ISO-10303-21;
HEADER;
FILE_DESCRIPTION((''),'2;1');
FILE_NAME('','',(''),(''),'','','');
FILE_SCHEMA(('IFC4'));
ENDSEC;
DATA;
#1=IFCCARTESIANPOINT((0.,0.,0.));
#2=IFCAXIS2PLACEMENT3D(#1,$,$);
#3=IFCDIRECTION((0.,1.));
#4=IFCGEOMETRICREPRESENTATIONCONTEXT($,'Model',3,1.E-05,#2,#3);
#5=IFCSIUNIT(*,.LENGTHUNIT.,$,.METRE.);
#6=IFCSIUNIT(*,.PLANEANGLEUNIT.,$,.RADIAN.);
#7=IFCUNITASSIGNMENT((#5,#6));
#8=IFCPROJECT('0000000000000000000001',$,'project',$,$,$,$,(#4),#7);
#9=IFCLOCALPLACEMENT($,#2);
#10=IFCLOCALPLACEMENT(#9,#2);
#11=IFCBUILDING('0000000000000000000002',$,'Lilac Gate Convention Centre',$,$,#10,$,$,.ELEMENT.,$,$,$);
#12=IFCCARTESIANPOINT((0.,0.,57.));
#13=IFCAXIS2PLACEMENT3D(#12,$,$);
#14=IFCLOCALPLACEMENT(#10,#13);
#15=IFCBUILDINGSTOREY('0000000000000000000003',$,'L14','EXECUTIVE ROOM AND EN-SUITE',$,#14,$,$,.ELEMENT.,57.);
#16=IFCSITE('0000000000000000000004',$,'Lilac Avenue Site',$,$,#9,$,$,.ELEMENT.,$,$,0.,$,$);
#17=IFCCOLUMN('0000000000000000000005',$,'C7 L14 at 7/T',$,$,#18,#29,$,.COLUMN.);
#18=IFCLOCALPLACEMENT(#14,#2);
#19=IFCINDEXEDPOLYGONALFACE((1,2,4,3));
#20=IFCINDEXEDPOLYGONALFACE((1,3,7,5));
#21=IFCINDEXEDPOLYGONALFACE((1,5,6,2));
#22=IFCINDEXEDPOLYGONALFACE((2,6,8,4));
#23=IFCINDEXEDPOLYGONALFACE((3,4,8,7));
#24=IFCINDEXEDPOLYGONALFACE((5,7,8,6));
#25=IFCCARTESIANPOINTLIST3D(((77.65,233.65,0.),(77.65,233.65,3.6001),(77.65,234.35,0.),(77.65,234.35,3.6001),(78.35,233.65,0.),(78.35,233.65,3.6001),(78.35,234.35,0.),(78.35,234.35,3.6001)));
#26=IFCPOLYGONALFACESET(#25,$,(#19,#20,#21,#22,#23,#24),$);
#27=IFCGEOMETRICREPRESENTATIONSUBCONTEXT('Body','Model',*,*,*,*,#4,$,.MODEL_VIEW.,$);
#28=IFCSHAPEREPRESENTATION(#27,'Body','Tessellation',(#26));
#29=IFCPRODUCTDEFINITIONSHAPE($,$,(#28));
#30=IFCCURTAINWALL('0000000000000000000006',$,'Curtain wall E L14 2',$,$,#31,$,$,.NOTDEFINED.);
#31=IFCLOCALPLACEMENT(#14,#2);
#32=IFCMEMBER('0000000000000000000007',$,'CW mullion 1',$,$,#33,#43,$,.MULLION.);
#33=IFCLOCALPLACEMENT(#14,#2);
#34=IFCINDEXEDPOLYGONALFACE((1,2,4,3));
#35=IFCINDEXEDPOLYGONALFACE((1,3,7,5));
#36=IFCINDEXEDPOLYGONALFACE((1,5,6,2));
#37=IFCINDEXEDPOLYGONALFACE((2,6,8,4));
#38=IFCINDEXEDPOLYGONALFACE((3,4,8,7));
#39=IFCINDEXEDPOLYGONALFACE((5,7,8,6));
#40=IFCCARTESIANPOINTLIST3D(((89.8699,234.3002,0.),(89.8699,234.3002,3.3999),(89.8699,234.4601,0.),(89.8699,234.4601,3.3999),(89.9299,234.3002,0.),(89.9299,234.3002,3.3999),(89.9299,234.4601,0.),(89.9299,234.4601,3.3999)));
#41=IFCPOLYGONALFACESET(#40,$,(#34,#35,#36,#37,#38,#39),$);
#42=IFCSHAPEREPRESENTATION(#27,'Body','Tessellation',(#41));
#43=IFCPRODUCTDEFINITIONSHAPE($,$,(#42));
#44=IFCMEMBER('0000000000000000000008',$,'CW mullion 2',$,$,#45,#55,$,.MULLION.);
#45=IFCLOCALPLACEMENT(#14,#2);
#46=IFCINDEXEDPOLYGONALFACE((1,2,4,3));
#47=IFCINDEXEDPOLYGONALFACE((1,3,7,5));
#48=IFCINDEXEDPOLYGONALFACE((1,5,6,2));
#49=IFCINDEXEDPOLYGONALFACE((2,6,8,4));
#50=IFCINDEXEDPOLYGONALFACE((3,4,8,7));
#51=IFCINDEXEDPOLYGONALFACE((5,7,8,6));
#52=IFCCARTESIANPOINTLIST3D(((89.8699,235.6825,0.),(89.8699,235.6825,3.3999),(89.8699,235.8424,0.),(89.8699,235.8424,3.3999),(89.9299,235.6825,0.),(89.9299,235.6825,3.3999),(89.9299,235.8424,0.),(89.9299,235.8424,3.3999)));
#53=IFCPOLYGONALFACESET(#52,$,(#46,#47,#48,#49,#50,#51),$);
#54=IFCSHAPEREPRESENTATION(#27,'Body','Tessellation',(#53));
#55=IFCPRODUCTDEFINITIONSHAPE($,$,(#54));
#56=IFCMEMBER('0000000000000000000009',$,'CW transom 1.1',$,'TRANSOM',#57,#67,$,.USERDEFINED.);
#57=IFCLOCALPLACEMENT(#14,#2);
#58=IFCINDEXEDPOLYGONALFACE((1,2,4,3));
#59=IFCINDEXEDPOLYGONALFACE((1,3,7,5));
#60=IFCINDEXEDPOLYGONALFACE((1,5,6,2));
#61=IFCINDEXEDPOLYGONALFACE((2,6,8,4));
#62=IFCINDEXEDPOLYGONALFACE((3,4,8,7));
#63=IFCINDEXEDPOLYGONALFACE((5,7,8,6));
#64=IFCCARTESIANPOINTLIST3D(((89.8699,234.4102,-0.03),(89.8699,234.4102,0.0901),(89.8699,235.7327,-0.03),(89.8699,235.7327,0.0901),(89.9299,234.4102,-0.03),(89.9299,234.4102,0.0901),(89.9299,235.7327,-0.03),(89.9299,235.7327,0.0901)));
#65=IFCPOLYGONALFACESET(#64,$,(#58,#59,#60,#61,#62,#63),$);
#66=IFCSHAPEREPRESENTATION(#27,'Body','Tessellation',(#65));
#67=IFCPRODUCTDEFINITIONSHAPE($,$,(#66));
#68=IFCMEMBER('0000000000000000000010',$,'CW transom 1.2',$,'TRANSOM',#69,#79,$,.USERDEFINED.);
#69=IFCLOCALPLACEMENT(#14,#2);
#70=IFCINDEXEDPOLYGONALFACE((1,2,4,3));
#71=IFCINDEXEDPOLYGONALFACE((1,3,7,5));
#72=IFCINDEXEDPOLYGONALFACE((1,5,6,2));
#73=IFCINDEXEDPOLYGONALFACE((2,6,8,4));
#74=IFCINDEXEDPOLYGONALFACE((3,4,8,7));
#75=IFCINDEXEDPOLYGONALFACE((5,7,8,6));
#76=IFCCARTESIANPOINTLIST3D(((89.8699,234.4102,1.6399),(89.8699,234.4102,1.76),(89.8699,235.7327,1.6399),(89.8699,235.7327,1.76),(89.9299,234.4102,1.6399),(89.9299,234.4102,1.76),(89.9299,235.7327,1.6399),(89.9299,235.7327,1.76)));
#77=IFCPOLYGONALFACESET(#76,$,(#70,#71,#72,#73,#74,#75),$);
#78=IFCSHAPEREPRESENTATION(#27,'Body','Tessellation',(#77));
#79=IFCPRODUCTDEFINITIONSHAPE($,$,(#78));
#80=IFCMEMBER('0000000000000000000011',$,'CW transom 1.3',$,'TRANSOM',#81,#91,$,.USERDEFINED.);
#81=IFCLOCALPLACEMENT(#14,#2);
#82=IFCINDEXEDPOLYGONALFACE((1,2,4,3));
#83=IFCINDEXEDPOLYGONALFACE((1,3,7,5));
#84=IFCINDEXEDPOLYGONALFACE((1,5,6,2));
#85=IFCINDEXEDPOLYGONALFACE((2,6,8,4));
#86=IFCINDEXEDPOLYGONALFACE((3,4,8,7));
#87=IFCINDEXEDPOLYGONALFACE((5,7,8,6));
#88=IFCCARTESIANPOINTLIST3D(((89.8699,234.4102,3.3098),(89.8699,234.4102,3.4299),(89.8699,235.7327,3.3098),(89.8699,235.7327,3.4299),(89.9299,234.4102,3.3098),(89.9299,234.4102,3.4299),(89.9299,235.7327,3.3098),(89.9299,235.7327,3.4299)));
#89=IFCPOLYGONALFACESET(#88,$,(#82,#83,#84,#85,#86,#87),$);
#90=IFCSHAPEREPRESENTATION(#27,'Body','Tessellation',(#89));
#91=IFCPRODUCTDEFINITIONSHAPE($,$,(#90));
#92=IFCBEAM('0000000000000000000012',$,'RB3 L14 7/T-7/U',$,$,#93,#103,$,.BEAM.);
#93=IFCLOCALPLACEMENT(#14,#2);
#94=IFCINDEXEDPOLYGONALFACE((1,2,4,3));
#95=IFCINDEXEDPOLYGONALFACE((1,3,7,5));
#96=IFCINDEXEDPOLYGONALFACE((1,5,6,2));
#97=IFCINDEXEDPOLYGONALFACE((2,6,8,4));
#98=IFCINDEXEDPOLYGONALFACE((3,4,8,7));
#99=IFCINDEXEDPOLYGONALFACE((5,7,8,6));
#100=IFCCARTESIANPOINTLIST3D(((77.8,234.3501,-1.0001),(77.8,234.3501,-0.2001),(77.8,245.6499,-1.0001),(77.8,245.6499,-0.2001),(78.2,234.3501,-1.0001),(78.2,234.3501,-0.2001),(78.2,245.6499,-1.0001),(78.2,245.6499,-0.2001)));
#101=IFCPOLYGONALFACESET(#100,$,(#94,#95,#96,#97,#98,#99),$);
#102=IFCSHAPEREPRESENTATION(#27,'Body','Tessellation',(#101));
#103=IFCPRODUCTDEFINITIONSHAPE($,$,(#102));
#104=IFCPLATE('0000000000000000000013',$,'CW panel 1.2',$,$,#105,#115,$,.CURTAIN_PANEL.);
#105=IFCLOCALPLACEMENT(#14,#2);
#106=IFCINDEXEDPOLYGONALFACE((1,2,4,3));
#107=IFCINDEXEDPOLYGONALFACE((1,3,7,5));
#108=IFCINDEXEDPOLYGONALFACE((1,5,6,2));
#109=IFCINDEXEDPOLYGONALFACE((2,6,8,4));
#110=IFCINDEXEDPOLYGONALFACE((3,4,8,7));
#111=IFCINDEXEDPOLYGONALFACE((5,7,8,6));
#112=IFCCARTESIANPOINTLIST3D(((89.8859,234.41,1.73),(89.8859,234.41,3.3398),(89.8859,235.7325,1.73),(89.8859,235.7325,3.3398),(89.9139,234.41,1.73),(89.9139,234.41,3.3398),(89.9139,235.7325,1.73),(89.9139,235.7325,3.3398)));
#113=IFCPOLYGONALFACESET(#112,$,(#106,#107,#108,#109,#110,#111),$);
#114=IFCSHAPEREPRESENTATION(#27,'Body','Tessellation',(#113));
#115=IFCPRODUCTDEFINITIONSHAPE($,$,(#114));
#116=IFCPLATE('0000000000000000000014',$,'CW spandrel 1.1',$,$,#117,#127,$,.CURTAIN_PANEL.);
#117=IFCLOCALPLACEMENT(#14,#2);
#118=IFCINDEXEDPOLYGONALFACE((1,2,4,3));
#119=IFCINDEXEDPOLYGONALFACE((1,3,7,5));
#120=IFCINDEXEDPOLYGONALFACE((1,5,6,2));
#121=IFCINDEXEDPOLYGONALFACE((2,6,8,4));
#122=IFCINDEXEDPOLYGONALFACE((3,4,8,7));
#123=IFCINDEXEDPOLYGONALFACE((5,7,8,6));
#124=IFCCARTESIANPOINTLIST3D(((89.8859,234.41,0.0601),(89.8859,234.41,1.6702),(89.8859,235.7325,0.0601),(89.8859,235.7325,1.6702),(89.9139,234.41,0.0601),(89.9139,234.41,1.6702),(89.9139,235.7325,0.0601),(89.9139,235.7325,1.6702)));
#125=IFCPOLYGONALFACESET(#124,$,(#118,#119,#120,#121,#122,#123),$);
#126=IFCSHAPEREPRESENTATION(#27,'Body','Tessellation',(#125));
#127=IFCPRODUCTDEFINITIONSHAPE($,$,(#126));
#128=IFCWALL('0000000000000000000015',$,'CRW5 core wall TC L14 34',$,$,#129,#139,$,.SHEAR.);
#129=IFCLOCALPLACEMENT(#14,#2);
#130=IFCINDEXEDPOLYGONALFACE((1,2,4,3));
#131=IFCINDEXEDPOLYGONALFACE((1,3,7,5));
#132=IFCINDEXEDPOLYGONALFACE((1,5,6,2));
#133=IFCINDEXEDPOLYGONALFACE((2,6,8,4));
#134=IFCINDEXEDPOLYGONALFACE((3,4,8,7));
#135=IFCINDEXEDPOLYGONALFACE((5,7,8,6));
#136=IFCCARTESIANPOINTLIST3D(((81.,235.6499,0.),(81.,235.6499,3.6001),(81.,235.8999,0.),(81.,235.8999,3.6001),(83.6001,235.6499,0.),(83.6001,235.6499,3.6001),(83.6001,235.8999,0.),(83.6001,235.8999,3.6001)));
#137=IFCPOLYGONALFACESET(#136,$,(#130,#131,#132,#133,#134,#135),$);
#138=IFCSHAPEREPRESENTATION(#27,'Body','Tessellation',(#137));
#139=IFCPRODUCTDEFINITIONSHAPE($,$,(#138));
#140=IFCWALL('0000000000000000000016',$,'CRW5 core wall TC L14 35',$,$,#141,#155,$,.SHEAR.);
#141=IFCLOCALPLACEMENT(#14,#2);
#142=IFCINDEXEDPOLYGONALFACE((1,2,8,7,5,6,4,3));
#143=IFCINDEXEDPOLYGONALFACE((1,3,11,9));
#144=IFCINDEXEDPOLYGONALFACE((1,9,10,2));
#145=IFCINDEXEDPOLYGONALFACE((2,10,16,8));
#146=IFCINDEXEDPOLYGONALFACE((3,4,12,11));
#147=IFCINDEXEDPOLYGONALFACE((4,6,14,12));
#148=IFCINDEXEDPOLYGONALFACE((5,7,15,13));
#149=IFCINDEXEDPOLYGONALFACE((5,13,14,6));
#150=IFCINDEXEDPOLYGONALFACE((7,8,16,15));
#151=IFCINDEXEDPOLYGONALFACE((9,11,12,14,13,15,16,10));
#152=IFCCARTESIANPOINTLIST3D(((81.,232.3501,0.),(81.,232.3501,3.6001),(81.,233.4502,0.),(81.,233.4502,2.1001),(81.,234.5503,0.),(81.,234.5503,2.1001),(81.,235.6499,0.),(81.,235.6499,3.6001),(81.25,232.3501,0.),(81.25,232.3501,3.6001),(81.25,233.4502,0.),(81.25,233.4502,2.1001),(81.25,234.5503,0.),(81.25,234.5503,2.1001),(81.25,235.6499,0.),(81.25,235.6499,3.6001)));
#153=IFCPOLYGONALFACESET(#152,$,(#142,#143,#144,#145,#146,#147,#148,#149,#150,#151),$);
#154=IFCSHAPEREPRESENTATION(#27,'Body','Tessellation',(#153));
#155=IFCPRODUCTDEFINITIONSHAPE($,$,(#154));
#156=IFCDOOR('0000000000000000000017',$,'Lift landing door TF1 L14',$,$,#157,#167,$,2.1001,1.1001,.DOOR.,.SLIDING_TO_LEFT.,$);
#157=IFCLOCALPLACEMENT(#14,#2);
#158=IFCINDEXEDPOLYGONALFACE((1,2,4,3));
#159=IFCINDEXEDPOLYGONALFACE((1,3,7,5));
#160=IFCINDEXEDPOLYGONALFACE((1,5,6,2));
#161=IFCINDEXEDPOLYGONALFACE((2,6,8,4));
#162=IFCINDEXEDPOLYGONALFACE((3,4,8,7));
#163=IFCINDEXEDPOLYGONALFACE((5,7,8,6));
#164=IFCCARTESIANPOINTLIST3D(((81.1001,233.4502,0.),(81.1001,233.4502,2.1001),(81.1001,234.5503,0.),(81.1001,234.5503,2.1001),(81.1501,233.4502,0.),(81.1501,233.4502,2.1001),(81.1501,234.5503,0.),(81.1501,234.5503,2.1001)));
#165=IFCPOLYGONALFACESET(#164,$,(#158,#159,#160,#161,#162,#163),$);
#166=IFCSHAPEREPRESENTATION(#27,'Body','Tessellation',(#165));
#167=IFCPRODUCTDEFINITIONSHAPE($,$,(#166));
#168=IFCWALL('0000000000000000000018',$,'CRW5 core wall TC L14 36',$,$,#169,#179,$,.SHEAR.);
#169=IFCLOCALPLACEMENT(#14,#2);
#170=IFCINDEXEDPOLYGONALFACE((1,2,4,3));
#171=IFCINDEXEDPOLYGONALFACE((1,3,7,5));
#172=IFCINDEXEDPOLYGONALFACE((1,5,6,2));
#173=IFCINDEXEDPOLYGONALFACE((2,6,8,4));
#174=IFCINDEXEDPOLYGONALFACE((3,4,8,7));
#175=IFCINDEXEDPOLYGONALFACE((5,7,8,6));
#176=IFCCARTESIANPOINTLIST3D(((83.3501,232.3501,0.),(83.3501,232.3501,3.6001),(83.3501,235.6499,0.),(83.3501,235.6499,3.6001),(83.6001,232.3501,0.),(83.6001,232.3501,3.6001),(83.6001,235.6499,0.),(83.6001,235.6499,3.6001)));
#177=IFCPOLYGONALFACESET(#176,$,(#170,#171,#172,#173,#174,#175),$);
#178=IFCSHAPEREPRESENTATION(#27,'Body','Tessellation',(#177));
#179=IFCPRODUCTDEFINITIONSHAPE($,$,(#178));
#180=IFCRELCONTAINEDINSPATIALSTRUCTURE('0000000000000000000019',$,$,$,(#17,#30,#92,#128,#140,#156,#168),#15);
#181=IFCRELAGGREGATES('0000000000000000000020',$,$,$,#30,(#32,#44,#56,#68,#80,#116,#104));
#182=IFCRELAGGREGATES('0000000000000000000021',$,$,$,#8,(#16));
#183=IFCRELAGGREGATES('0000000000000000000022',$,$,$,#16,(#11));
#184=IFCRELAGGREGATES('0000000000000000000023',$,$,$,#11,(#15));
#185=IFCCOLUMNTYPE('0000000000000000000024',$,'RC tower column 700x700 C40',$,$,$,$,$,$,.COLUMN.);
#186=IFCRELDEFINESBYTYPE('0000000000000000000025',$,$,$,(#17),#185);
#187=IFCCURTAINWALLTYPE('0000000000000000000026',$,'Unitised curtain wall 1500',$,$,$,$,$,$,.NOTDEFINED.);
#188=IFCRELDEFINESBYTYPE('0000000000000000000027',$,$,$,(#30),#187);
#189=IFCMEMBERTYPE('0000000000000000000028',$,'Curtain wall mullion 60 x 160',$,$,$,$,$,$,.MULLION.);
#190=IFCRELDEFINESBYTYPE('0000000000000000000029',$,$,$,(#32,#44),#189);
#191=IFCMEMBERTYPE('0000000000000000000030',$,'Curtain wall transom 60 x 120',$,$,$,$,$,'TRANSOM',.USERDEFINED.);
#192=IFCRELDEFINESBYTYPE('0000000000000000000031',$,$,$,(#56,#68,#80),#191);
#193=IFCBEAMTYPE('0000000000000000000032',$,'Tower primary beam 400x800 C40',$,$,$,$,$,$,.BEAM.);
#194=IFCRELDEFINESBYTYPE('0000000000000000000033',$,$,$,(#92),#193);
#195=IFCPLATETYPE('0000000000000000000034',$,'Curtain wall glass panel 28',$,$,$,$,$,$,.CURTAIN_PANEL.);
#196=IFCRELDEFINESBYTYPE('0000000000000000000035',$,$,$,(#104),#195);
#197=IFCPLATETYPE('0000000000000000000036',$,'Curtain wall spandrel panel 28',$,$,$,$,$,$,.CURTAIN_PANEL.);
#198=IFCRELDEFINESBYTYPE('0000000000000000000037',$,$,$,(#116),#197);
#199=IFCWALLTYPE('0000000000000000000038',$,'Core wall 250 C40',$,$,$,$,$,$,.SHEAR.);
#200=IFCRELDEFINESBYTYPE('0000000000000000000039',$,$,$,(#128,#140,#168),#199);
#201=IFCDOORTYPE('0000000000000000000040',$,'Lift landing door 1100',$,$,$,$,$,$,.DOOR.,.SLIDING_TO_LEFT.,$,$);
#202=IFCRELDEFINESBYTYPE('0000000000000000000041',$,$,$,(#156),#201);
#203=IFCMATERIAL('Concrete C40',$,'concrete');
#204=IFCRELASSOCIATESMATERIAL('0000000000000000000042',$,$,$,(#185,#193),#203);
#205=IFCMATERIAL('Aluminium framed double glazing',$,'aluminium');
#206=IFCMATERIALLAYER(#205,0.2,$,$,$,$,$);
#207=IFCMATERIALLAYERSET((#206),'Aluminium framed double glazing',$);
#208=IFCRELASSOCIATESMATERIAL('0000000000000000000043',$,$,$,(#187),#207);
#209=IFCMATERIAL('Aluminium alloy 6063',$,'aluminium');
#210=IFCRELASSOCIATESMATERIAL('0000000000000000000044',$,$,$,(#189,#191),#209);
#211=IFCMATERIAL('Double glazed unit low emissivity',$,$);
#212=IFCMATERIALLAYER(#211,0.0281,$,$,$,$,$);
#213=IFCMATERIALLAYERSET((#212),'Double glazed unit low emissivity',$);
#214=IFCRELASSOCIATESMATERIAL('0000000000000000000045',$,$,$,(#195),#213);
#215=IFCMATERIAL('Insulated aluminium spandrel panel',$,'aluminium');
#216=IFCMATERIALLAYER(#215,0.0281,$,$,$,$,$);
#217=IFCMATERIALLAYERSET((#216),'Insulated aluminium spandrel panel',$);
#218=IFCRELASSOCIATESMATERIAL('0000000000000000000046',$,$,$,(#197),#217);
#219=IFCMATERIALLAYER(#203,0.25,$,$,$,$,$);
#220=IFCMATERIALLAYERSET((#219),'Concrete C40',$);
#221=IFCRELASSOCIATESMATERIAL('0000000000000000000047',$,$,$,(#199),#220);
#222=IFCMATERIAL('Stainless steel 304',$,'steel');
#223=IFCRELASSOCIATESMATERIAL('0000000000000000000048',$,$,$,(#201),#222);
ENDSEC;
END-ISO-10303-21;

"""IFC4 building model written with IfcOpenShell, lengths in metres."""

from ifc_helpers import new_model, si_unit, direction, frame, frame_2d, origin, origin_2d, place, context, subcontext, project, spatial, rectangle, extrude, material, layer, layer_set, material_profile, profile_set, type_object, element, fill, aggregate, save


model = new_model("IFC4")

# Units and contexts
model_context = context("Model", 3, precision=1e-05, world=origin(), true_north=direction((0.0, 1.0)))
body_context = subcontext(model_context, "Body", "Model", "MODEL_VIEW")
ifc_project = project(units=[si_unit("LENGTHUNIT", "METRE"), si_unit("PLANEANGLEUNIT", "RADIAN")], contexts=[model_context])

# Site, building, storey
site_placement = place(None, origin())
site = spatial("IfcSite", under=ifc_project, at=site_placement, Name="Lilac Avenue Site", CompositionType="ELEMENT", RefElevation=0.0)
building_placement = place(site_placement, origin())
building = spatial("IfcBuilding", under=site, at=building_placement, Name="Lilac Gate Convention Centre", CompositionType="ELEMENT")
storey_placement = place(building_placement, frame((0.0, 0.0, 57.0)))
storey = spatial("IfcBuildingStorey", under=building, at=storey_placement, Name="L14", Description="EXECUTIVE ROOM AND EN-SUITE", CompositionType="ELEMENT", Elevation=57.0)

# Column
ifc_material_1 = material(Name="Concrete C40", Category="concrete")
ifc_material_profile_1 = material_profile(ifc_material_1, rectangle(XDim=0.7, YDim=0.7, at=origin_2d()), Name="RC 700x700")
ifc_profile_set_1 = profile_set([ifc_material_profile_1], Name="Concrete C40")
column_type = type_object("IfcColumnType", Name="RC tower column 700x700 C40", PredefinedType="COLUMN", material=ifc_profile_set_1)
column_placement = place(storey_placement, frame((78.0, 234.0, 0.0), z_axis=(0.0, 0.0, 1.0), x_axis=(1.0, 0.0, 0.0)))
element("IfcColumn", 1, at=column_placement, inside=storey, type_object=column_type, Name="C7 L14 at 7/T", PredefinedType="COLUMN", context=body_context, shape_type="SweptSolid", body=[
    extrude(rectangle(XDim=0.7, YDim=0.7, at=origin_2d()), origin(), (0.0, 0.0, 1.0), 3.6001),
])

# Curtain wall, members
ifc_material_2 = material(Name="Aluminium framed double glazing", Category="aluminium")
ifc_layer_1 = layer(ifc_material_2, 0.2)
ifc_layer_set_1 = layer_set([ifc_layer_1], Name="Aluminium framed double glazing")
curtain_wall_type = type_object("IfcCurtainWallType", Name="Unitised curtain wall 1500", PredefinedType="NOTDEFINED", material=ifc_layer_set_1)
curtain_wall_placement = place(storey_placement, origin())
curtain_wall = element("IfcCurtainWall", 2, at=curtain_wall_placement, inside=storey, type_object=curtain_wall_type, Name="Curtain wall E L14 2", PredefinedType="NOTDEFINED")
ifc_material_3 = material(Name="Aluminium alloy 6063", Category="aluminium")
ifc_material_profile_2 = material_profile(ifc_material_3, rectangle(XDim=0.0601, YDim=0.1599, at=origin_2d()), Name="Curtain wall mullion 60 x 160")
ifc_profile_set_2 = profile_set([ifc_material_profile_2], Name="Aluminium alloy 6063")
member_type_1 = type_object("IfcMemberType", Name="Curtain wall mullion 60 x 160", PredefinedType="MULLION", material=ifc_profile_set_2)
member_1_placement = place(storey_placement, frame((89.8999, 234.3801, 0.0), z_axis=(0.0, 0.0, 1.0), x_axis=(-1.0, 0.0, 0.0)))
member_1 = element("IfcMember", 3, at=member_1_placement, type_object=member_type_1, Name="CW mullion 1", PredefinedType="MULLION", context=body_context, shape_type="SweptSolid", body=[
    extrude(rectangle(XDim=0.0601, YDim=0.1599, at=origin_2d()), origin(), (0.0, 0.0, 1.0), 3.3999),
])
member_2_placement = place(storey_placement, frame((89.8999, 235.7625, 0.0), z_axis=(0.0, 0.0, 1.0), x_axis=(-1.0, 0.0, 0.0)))
member_2 = element("IfcMember", 4, at=member_2_placement, type_object=member_type_1, Name="CW mullion 2", PredefinedType="MULLION", context=body_context, shape_type="SweptSolid", body=[
    extrude(rectangle(XDim=0.0601, YDim=0.1599, at=origin_2d()), origin(), (0.0, 0.0, 1.0), 3.3999),
])
ifc_material_profile_3 = material_profile(ifc_material_3, rectangle(XDim=0.0601, YDim=0.1201, at=origin_2d()), Name="Curtain wall transom 60 x 120")
ifc_profile_set_3 = profile_set([ifc_material_profile_3], Name="Aluminium alloy 6063")
member_type_2 = type_object("IfcMemberType", Name="Curtain wall transom 60 x 120", ElementType="TRANSOM", PredefinedType="USERDEFINED", material=ifc_profile_set_3)
member_3_placement = place(storey_placement, frame((89.8999, 234.4102, 0.03), z_axis=(0.0, 1.0, 0.0), x_axis=(-1.0, 0.0, 0.0)))
member_3 = element("IfcMember", 5, at=member_3_placement, type_object=member_type_2, Name="CW transom 1.1", ObjectType="TRANSOM", PredefinedType="USERDEFINED", context=body_context, shape_type="SweptSolid", body=[
    extrude(rectangle(XDim=0.0601, YDim=0.1201, at=origin_2d()), origin(), (0.0, 0.0, 1.0), 1.3225),
])
member_4_placement = place(storey_placement, frame((89.8999, 234.4102, 1.7), z_axis=(0.0, 1.0, 0.0), x_axis=(-1.0, 0.0, 0.0)))
member_4 = element("IfcMember", 6, at=member_4_placement, type_object=member_type_2, Name="CW transom 1.2", ObjectType="TRANSOM", PredefinedType="USERDEFINED", context=body_context, shape_type="SweptSolid", body=[
    extrude(rectangle(XDim=0.0601, YDim=0.1201, at=origin_2d()), origin(), (0.0, 0.0, 1.0), 1.3225),
])
member_5_placement = place(storey_placement, frame((89.8999, 234.4102, 3.3699), z_axis=(0.0, 1.0, 0.0), x_axis=(-1.0, 0.0, 0.0)))
member_5 = element("IfcMember", 7, at=member_5_placement, type_object=member_type_2, Name="CW transom 1.3", ObjectType="TRANSOM", PredefinedType="USERDEFINED", context=body_context, shape_type="SweptSolid", body=[
    extrude(rectangle(XDim=0.0601, YDim=0.1201, at=origin_2d()), origin(), (0.0, 0.0, 1.0), 1.3225),
])

# Beam
ifc_material_profile_4 = material_profile(ifc_material_1, rectangle(XDim=0.3999, YDim=0.8, at=origin_2d()), Name="RC 400x800")
ifc_profile_set_4 = profile_set([ifc_material_profile_4], Name="Concrete C40")
beam_type = type_object("IfcBeamType", Name="Tower primary beam 400x800 C40", PredefinedType="BEAM", material=ifc_profile_set_4)
beam_placement = place(storey_placement, frame((78.0, 234.3501, -0.6001), z_axis=(0.0, 1.0, 0.0), x_axis=(-1.0, 0.0, 0.0)))
element("IfcBeam", 8, at=beam_placement, inside=storey, type_object=beam_type, Name="RB3 L14 7/T-7/U", PredefinedType="BEAM", context=body_context, shape_type="SweptSolid", body=[
    extrude(rectangle(XDim=0.3999, YDim=0.8, at=origin_2d()), origin(), (0.0, 0.0, 1.0), 11.2998),
])

# Plates
ifc_material_4 = material(Name="Double glazed unit low emissivity")
ifc_layer_2 = layer(ifc_material_4, 0.0281)
ifc_layer_set_2 = layer_set([ifc_layer_2], Name="Double glazed unit low emissivity")
plate_type_1 = type_object("IfcPlateType", Name="Curtain wall glass panel 28", PredefinedType="CURTAIN_PANEL", material=ifc_layer_set_2)
plate_1_placement = place(storey_placement, frame((89.8999, 235.0713, 1.73), z_axis=(0.0, 0.0, 1.0), x_axis=(0.0, 1.0, 0.0)))
plate_1 = element("IfcPlate", 9, at=plate_1_placement, type_object=plate_type_1, Name="CW panel 1.2", PredefinedType="CURTAIN_PANEL", context=body_context, shape_type="SweptSolid", body=[
    extrude(rectangle(XDim=1.3225, YDim=0.0281, at=origin_2d()), origin(), (0.0, 0.0, 1.0), 1.6099),
])
ifc_material_5 = material(Name="Insulated aluminium spandrel panel", Category="aluminium")
ifc_layer_3 = layer(ifc_material_5, 0.0281)
ifc_layer_set_3 = layer_set([ifc_layer_3], Name="Insulated aluminium spandrel panel")
plate_type_2 = type_object("IfcPlateType", Name="Curtain wall spandrel panel 28", PredefinedType="CURTAIN_PANEL", material=ifc_layer_set_3)
plate_2_placement = place(storey_placement, frame((89.8999, 235.0713, 0.0601), z_axis=(0.0, 0.0, 1.0), x_axis=(0.0, 1.0, 0.0)))
plate_2 = element("IfcPlate", 10, at=plate_2_placement, type_object=plate_type_2, Name="CW spandrel 1.1", PredefinedType="CURTAIN_PANEL", context=body_context, shape_type="SweptSolid", body=[
    extrude(rectangle(XDim=1.3225, YDim=0.0281, at=origin_2d()), origin(), (0.0, 0.0, 1.0), 1.6101),
])
aggregate(curtain_wall, [member_1, member_2, member_3, member_4, member_5, plate_2, plate_1])

# Wall
ifc_layer_4 = layer(ifc_material_1, 0.25)
ifc_layer_set_4 = layer_set([ifc_layer_4], Name="Concrete C40")
wall_type_1 = type_object("IfcWallType", Name="Core wall 250 C40", PredefinedType="SHEAR", material=ifc_layer_set_4)
wall_1_placement = place(storey_placement, frame((81.0, 235.7749, 0.0), z_axis=(0.0, 0.0, 1.0), x_axis=(1.0, 0.0, 0.0)))
element("IfcWall", 11, at=wall_1_placement, inside=storey, type_object=wall_type_1, Name="CRW5 core wall TC L14 34", PredefinedType="SHEAR", context=body_context, shape_type="SweptSolid", body=[
    extrude(rectangle(XDim=2.6001, YDim=0.25, at=frame_2d((1.3, 0.0))), origin(), (0.0, 0.0, 1.0), 3.6001),
])

# Wall, opening, door
wall_2_placement = place(storey_placement, frame((81.125, 232.3501, 0.0), z_axis=(0.0, 0.0, 1.0), x_axis=(0.0, 1.0, 0.0)))
wall_2 = element("IfcWall", 12, at=wall_2_placement, inside=storey, type_object=wall_type_1, Name="CRW5 core wall TC L14 35", PredefinedType="SHEAR", context=body_context, shape_type="SweptSolid", body=[
    extrude(rectangle(XDim=3.2998, YDim=0.25, at=frame_2d((1.6499, 0.0))), origin(), (0.0, 0.0, 1.0), 3.6001),
])
opening_1_placement = place(wall_2_placement, frame((1.1001, 0.0, 0.0)))
opening_1 = element("IfcOpeningElement", 13, at=opening_1_placement, cuts=wall_2, PredefinedType="OPENING", context=body_context, shape_type="SweptSolid", body=[
    extrude(rectangle(XDim=1.1001, YDim=2.1001, at=frame_2d((0.55, 1.05))), frame((0.0, 0.135, 0.0), z_axis=(0.0, -1.0, 0.0), x_axis=(1.0, 0.0, 0.0)), (0.0, 0.0, 1.0), 0.27),
])
ifc_material_6 = material(Name="Stainless steel 304", Category="steel")
door_type_1 = type_object("IfcDoorType", Name="Lift landing door 1100", OperationType="SLIDING_TO_LEFT", PredefinedType="DOOR", material=ifc_material_6)
door_1_placement = place(opening_1_placement, origin())
door_1 = element("IfcDoor", 14, at=door_1_placement, inside=storey, type_object=door_type_1, Name="Lift landing door TF1 L14", OperationType="SLIDING_TO_LEFT", OverallHeight=2.1001, OverallWidth=1.1001, PredefinedType="DOOR", context=body_context, shape_type="SweptSolid", body=[
    extrude(rectangle(XDim=1.1001, YDim=2.1001, at=frame_2d((0.55, 1.05))), frame((0.0, 0.0249, 0.0), z_axis=(0.0, -1.0, 0.0), x_axis=(1.0, 0.0, 0.0)), (0.0, 0.0, 1.0), 0.05),
])
fill(opening_1, door_1)

# Wall
wall_3_placement = place(storey_placement, frame((83.4751, 232.3501, 0.0), z_axis=(0.0, 0.0, 1.0), x_axis=(0.0, 1.0, 0.0)))
element("IfcWall", 15, at=wall_3_placement, inside=storey, type_object=wall_type_1, Name="CRW5 core wall TC L14 36", PredefinedType="SHEAR", context=body_context, shape_type="SweptSolid", body=[
    extrude(rectangle(XDim=3.2998, YDim=0.25, at=frame_2d((1.6499, 0.0))), origin(), (0.0, 0.0, 1.0), 3.6001),
])

save(model, "model.ifc")
